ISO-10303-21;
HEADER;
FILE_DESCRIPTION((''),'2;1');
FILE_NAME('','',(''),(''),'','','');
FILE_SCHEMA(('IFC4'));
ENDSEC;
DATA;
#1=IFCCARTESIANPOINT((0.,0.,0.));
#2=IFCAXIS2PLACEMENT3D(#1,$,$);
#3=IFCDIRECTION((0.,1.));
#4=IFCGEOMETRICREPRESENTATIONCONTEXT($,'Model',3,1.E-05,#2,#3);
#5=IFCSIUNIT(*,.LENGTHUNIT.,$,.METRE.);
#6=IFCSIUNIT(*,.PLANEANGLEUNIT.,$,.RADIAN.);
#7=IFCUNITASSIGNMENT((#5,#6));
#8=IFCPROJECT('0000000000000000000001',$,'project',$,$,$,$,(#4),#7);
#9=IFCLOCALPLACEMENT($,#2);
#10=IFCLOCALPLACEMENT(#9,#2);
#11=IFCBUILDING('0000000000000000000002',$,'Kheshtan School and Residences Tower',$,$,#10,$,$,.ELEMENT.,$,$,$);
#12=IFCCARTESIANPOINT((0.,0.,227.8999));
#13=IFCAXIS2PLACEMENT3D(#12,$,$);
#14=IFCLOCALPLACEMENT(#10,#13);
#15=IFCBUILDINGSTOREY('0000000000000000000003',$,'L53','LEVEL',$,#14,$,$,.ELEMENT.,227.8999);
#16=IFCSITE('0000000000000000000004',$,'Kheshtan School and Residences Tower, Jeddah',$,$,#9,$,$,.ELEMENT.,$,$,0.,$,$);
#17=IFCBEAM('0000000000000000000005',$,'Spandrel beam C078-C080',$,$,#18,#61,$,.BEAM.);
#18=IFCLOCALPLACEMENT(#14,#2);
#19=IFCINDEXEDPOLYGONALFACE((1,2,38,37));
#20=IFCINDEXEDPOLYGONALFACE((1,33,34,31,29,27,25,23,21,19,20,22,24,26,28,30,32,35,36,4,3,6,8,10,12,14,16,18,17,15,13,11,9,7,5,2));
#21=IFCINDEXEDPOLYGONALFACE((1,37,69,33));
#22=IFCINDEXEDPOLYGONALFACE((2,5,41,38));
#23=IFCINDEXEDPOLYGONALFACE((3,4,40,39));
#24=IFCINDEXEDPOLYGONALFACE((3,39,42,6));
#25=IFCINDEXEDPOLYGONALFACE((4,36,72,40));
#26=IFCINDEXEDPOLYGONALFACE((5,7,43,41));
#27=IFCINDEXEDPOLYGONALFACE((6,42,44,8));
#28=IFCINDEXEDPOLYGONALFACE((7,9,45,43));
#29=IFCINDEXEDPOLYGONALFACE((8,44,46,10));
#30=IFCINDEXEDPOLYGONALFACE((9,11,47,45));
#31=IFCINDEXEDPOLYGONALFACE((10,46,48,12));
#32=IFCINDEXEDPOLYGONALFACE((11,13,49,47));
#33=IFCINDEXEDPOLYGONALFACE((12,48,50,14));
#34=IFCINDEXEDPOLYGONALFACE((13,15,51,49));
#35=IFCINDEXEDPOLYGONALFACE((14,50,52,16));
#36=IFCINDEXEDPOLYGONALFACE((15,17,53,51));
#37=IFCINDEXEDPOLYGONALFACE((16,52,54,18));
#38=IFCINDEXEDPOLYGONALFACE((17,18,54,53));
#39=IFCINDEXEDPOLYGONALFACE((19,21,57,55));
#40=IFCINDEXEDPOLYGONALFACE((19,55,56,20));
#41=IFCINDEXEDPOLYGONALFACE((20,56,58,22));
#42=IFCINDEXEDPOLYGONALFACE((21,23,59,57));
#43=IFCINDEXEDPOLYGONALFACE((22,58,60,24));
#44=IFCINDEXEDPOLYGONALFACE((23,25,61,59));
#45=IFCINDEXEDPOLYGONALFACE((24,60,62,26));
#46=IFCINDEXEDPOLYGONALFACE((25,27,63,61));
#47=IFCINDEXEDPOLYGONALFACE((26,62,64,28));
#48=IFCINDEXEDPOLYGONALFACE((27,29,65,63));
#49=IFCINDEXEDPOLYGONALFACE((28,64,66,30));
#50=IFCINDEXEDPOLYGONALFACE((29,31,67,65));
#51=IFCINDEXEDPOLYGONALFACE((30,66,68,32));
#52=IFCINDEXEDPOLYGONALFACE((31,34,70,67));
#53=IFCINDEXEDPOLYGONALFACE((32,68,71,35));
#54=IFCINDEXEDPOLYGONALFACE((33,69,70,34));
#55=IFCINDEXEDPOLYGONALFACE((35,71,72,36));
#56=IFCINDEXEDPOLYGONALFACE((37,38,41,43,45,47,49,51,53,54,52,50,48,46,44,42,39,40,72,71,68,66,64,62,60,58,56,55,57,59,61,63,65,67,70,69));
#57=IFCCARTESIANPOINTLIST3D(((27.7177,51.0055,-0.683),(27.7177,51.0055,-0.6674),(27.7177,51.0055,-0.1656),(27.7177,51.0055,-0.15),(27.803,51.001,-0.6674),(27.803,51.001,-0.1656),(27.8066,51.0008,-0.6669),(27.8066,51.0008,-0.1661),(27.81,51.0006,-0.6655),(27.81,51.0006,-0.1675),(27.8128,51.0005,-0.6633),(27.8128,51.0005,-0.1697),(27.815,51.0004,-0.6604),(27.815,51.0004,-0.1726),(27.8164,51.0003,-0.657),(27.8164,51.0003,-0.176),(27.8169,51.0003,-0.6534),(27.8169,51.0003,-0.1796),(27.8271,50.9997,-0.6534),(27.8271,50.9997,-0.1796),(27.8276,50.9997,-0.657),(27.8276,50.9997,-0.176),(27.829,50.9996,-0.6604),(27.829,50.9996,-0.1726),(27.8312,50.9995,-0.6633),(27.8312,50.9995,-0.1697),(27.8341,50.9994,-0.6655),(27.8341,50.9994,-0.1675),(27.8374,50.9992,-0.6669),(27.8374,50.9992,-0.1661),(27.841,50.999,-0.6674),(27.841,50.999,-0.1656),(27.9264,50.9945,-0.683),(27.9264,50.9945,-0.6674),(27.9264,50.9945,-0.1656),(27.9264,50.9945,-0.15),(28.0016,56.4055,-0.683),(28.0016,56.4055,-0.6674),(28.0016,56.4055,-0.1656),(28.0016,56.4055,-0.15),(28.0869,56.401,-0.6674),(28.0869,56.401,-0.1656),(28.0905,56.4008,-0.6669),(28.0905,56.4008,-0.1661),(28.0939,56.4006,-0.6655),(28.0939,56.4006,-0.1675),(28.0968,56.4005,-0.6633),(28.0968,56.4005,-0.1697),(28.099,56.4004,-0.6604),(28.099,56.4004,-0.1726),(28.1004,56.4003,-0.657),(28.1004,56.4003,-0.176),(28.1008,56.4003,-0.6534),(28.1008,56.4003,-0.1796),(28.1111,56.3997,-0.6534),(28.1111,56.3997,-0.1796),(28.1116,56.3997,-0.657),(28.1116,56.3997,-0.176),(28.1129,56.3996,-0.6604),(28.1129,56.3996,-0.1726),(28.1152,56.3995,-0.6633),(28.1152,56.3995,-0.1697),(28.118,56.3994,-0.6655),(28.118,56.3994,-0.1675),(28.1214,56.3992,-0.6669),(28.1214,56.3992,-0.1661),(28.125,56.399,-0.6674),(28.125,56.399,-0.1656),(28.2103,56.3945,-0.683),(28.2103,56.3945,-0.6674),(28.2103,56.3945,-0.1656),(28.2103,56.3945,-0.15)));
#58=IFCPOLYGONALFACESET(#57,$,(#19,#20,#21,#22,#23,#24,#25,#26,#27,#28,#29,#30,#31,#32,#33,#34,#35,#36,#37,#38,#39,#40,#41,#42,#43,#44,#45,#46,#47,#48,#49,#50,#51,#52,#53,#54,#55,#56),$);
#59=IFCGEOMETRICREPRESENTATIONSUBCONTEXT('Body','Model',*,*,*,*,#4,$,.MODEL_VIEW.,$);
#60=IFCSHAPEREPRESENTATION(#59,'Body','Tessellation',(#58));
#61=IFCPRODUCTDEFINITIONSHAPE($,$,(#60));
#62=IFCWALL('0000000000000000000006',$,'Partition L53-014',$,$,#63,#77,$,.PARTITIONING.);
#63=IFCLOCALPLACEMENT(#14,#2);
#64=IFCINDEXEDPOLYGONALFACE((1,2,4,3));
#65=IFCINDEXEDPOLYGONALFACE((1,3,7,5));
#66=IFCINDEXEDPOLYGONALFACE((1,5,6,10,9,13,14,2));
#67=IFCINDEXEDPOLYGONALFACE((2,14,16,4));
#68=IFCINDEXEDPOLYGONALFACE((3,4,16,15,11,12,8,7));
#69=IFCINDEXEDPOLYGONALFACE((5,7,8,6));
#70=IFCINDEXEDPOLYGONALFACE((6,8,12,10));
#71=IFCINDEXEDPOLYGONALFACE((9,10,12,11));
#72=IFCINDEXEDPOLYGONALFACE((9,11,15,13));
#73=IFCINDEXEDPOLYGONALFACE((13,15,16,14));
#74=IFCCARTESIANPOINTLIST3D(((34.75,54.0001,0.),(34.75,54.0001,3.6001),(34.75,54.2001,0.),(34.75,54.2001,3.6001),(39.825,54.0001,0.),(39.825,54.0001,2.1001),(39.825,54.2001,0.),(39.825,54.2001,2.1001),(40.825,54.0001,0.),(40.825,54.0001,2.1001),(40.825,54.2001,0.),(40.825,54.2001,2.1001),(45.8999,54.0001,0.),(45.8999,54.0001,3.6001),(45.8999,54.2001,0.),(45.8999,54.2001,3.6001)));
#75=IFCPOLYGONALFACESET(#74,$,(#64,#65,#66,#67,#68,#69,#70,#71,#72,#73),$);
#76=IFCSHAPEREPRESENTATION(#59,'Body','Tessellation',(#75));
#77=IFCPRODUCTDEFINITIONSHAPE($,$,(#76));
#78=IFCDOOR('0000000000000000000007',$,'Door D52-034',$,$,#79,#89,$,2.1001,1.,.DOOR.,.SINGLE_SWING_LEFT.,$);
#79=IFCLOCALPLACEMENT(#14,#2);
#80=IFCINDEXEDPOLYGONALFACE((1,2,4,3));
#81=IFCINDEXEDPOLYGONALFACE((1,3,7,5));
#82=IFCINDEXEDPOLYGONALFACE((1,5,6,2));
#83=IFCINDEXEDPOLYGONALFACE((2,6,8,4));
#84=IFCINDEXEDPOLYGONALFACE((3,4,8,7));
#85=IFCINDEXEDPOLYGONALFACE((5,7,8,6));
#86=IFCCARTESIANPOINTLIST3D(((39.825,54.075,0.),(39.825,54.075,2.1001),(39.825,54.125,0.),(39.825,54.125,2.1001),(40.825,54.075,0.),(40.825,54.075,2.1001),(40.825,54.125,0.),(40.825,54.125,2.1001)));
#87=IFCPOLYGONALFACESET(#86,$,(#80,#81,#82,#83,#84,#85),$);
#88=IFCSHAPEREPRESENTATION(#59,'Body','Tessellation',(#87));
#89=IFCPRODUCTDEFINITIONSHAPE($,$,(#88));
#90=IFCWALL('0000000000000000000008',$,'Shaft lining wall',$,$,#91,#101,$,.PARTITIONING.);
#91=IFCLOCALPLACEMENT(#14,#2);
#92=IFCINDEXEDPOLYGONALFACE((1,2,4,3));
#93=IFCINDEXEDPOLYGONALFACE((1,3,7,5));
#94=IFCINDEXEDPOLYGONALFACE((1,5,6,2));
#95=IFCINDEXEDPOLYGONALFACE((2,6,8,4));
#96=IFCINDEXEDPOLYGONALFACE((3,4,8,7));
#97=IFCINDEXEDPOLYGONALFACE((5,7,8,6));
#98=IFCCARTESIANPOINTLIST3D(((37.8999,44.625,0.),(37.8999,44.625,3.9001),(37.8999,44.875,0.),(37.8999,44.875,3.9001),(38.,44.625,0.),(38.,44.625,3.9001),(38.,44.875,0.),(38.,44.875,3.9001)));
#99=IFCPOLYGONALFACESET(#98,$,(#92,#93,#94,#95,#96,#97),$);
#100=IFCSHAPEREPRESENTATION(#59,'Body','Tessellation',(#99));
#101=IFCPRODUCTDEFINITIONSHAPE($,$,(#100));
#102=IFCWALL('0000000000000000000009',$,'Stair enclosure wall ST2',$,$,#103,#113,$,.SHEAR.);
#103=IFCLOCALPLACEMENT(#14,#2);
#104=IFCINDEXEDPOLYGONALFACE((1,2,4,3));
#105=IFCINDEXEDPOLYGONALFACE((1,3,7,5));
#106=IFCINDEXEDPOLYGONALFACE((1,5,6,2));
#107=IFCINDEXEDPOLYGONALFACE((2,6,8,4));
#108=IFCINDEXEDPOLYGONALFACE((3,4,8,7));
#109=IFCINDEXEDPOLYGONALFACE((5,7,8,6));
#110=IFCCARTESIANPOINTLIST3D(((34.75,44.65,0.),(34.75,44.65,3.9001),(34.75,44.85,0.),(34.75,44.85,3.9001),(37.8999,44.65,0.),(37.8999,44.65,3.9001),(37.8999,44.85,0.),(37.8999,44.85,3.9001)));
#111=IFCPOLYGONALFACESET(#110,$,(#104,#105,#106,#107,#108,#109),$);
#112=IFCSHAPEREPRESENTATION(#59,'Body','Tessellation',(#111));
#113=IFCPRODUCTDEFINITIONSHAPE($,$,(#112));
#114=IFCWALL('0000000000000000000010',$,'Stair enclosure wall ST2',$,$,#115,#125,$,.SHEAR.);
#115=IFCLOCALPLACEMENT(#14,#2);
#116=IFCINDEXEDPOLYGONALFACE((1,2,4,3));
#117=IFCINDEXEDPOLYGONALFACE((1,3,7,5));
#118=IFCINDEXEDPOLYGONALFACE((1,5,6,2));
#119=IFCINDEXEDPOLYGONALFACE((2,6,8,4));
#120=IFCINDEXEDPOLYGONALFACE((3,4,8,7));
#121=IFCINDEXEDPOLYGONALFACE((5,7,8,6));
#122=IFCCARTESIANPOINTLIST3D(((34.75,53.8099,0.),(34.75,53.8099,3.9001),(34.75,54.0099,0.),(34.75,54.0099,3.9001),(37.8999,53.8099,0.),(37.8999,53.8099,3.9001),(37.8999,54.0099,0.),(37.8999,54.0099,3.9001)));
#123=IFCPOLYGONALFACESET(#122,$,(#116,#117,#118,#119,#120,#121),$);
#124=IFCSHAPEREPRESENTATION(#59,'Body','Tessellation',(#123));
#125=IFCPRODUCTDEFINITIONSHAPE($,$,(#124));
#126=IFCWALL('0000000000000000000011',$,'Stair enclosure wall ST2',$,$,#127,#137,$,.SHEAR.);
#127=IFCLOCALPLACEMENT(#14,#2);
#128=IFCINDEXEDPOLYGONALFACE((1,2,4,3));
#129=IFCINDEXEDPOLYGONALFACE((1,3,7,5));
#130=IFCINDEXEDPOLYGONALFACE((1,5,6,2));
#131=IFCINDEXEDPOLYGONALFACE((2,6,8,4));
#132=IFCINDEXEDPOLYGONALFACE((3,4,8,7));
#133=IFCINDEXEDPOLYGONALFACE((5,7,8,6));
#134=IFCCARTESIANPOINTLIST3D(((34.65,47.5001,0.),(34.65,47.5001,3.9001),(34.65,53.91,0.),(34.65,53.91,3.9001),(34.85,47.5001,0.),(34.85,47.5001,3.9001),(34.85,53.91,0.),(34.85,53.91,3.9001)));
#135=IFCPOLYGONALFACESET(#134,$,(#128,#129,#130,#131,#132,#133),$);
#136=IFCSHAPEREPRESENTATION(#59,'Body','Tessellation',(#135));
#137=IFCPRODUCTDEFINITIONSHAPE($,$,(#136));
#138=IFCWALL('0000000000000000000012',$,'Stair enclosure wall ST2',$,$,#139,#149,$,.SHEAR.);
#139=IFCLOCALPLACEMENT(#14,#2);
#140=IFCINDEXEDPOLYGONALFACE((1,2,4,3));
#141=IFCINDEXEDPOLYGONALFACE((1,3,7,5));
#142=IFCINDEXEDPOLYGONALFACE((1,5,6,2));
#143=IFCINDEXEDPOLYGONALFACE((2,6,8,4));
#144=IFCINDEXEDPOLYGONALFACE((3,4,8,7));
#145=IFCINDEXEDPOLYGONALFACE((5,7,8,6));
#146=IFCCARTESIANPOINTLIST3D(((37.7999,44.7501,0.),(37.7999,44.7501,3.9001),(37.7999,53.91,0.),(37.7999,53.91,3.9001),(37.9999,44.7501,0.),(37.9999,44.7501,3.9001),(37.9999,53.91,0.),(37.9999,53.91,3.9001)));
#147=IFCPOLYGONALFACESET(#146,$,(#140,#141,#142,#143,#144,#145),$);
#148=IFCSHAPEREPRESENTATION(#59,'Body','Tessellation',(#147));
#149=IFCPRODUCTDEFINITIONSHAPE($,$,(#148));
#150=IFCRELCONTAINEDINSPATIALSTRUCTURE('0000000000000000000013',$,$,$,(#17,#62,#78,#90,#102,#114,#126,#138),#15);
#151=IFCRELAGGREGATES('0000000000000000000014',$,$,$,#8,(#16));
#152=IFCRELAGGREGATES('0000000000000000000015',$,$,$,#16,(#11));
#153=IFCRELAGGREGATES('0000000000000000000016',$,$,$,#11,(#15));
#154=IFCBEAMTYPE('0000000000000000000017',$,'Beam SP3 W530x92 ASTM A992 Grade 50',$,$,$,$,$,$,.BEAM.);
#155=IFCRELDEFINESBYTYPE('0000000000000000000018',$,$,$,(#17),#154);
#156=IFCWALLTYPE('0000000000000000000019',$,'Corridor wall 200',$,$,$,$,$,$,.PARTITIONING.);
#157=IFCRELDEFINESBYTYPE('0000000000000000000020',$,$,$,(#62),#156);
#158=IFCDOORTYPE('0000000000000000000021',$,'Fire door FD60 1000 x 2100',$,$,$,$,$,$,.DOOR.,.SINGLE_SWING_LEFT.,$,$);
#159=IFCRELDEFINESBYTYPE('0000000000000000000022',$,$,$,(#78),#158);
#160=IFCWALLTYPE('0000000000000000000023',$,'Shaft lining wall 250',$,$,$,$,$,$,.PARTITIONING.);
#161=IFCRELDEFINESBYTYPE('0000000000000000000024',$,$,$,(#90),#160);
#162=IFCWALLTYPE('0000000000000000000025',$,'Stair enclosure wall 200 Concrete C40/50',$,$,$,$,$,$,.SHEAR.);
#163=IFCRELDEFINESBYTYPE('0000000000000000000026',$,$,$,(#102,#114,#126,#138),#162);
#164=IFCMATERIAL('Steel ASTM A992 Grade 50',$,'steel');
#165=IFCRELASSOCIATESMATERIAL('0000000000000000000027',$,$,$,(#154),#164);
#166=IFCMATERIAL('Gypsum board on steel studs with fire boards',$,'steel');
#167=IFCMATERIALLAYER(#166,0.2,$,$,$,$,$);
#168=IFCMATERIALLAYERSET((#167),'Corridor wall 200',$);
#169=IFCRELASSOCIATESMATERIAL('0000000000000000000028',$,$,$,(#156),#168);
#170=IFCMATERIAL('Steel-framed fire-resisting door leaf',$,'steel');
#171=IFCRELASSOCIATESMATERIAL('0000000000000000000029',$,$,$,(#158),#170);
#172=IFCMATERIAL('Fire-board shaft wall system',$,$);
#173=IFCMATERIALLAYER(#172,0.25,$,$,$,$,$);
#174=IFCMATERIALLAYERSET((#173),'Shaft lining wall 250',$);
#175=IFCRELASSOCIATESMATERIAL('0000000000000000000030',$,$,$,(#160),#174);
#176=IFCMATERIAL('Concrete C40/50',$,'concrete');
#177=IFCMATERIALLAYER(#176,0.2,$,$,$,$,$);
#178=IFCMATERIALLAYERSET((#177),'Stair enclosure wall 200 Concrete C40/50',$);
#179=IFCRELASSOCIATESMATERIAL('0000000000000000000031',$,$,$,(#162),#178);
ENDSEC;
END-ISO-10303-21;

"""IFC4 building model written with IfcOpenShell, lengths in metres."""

from ifc_helpers import new_model, si_unit, direction, frame, frame_2d, origin, origin_2d, place, context, subcontext, project, spatial, rectangle, i_section, extrude, source, transform, mapped, material, layer, layer_set, material_profile, profile_set, type_object, element, fill, save


model = new_model("IFC4")

# Units and contexts
model_context = context("Model", 3, precision=1e-05, world=origin(), true_north=direction((0.0, 1.0)))
body_context = subcontext(model_context, "Body", "Model", "MODEL_VIEW")
ifc_project = project(units=[si_unit("LENGTHUNIT", "METRE"), si_unit("PLANEANGLEUNIT", "RADIAN")], contexts=[model_context])

# Site, building, storey
site_placement = place(None, origin())
site = spatial("IfcSite", under=ifc_project, at=site_placement, Name="Kheshtan School and Residences Tower, Jeddah", CompositionType="ELEMENT", RefElevation=0.0)
building_placement = place(site_placement, origin())
building = spatial("IfcBuilding", under=site, at=building_placement, Name="Kheshtan School and Residences Tower", CompositionType="ELEMENT")
storey_placement = place(building_placement, frame((0.0, 0.0, 227.8999)))
storey = spatial("IfcBuildingStorey", under=building, at=storey_placement, Name="L53", Description="LEVEL", CompositionType="ELEMENT", Elevation=227.8999)

# Shared definitions
ifc_material_1 = material(Name="Steel ASTM A992 Grade 50", Category="steel")

# Beam
ifc_material_profile_1 = material_profile(ifc_material_1, i_section(OverallWidth=0.209, OverallDepth=0.533, WebThickness=0.0103, FlangeThickness=0.0156, FilletRadius=0.0139, at=origin_2d()), Name="W530x92")
ifc_profile_set_1 = profile_set([ifc_material_profile_1], Name="Steel ASTM A992 Grade 50")
beam_type = type_object("IfcBeamType", Name="Beam SP3 W530x92 ASTM A992 Grade 50", PredefinedType="BEAM", material=ifc_profile_set_1)
for number, where, z_axis, x_axis, name in (
    (1, (27.822, 51.0, -0.4165), (0.052509, 0.99862, 0.0), (-0.99862, 0.052509, 0.0), "Spandrel beam C078-C080"),
):
    element("IfcBeam", number, at=place(storey_placement, frame(where, z_axis=z_axis, x_axis=x_axis)), inside=storey, type_object=beam_type, Name=name, PredefinedType="BEAM", context=body_context, shape_type="SweptSolid", body=[
        extrude(i_section(OverallWidth=0.209, OverallDepth=0.533, WebThickness=0.0103, FlangeThickness=0.0156, FilletRadius=0.0139, at=origin_2d()), origin(), (0.0, 0.0, 1.0), 5.4075),
    ])

# Wall, opening, door
ifc_material_2 = material(Name="Gypsum board on steel studs with fire boards", Category="steel")
ifc_layer_1 = layer(ifc_material_2, 0.2)
ifc_layer_set_1 = layer_set([ifc_layer_1], Name="Corridor wall 200")
wall_type_1 = type_object("IfcWallType", Name="Corridor wall 200", PredefinedType="PARTITIONING", material=ifc_layer_set_1)
wall_1_placement = place(storey_placement, frame((34.75, 54.1001, 0.0), z_axis=(0.0, 0.0, 1.0), x_axis=(1.0, 0.0, 0.0)))
wall_1 = element("IfcWall", 2, at=wall_1_placement, inside=storey, type_object=wall_type_1, Name="Partition L53-014", PredefinedType="PARTITIONING", context=body_context, shape_type="SweptSolid", body=[
    extrude(rectangle(XDim=11.1499, YDim=0.2, at=frame_2d((5.575, 0.0))), origin(), (0.0, 0.0, 1.0), 3.6001),
])
opening_1_placement = place(wall_1_placement, frame((5.075, 0.0, 0.0)))
opening_1 = element("IfcOpeningElement", 3, at=opening_1_placement, cuts=wall_1, PredefinedType="OPENING", context=body_context, shape_type="SweptSolid", body=[
    extrude(rectangle(XDim=1.0, YDim=2.1001, at=frame_2d((0.5, 1.05))), frame((0.0, 0.1099, 0.0), z_axis=(0.0, -1.0, 0.0), x_axis=(1.0, 0.0, 0.0)), (0.0, 0.0, 1.0), 0.22),
])
ifc_material_3 = material(Name="Steel-framed fire-resisting door leaf", Category="steel")
door_type_1 = type_object("IfcDoorType", Name="Fire door FD60 1000 x 2100", OperationType="SINGLE_SWING_LEFT", PredefinedType="DOOR", material=ifc_material_3)
shared_shape_1 = source(origin(), body_context, "Body", "SweptSolid", [
    extrude(rectangle(XDim=1.0, YDim=2.1001, at=frame_2d((0.5, 1.05))), frame((0.0, 0.0249, 0.0), z_axis=(0.0, -1.0, 0.0), x_axis=(1.0, 0.0, 0.0)), (0.0, 0.0, 1.0), 0.05),
])
door_1_placement = place(opening_1_placement, origin())
door_1 = element("IfcDoor", 4, at=door_1_placement, inside=storey, type_object=door_type_1, Name="Door D52-034", OperationType="SINGLE_SWING_LEFT", OverallHeight=2.1001, OverallWidth=1.0, PredefinedType="DOOR", context=body_context, shape_type="MappedRepresentation", body=[
    mapped(shared_shape_1, transform((0.0, 0.0, 0.0), x_axis=(1.0, 0.0, 0.0), y_axis=(0.0, 1.0, 0.0), z_axis=(0.0, 0.0, 1.0), scale=1.0)),
])
fill(opening_1, door_1)

# Walls
ifc_material_4 = material(Name="Fire-board shaft wall system")
ifc_layer_2 = layer(ifc_material_4, 0.25)
ifc_layer_set_2 = layer_set([ifc_layer_2], Name="Shaft lining wall 250")
wall_type_2 = type_object("IfcWallType", Name="Shaft lining wall 250", PredefinedType="PARTITIONING", material=ifc_layer_set_2)
wall_2_placement = place(storey_placement, frame((37.8999, 44.75, 0.0), z_axis=(0.0, 0.0, 1.0), x_axis=(1.0, 0.0, 0.0)))
element("IfcWall", 5, at=wall_2_placement, inside=storey, type_object=wall_type_2, Name="Shaft lining wall", PredefinedType="PARTITIONING", context=body_context, shape_type="SweptSolid", body=[
    extrude(rectangle(XDim=0.1001, YDim=0.25, at=frame_2d((0.05, 0.0))), origin(), (0.0, 0.0, 1.0), 3.9001),
])
ifc_material_5 = material(Name="Concrete C40/50", Category="concrete")
ifc_layer_3 = layer(ifc_material_5, 0.2)
ifc_layer_set_3 = layer_set([ifc_layer_3], Name="Stair enclosure wall 200 Concrete C40/50")
wall_type_3 = type_object("IfcWallType", Name="Stair enclosure wall 200 Concrete C40/50", PredefinedType="SHEAR", material=ifc_layer_set_3)
for number, where, z_axis, x_axis, name in (
    (6, (34.75, 44.75, 0.0), (0.0, 0.0, 1.0), (1.0, 0.0, 0.0), "Stair enclosure wall ST2"),
    (7, (34.75, 53.9099, 0.0), (0.0, 0.0, 1.0), (1.0, 0.0, 0.0), "Stair enclosure wall ST2"),
):
    element("IfcWall", number, at=place(storey_placement, frame(where, z_axis=z_axis, x_axis=x_axis)), inside=storey, type_object=wall_type_3, Name=name, PredefinedType="SHEAR", context=body_context, shape_type="SweptSolid", body=[
        extrude(rectangle(XDim=3.1499, YDim=0.2, at=frame_2d((1.575, 0.0))), origin(), (0.0, 0.0, 1.0), 3.9001),
    ])
wall_3_placement = place(storey_placement, frame((34.75, 47.5, 0.0), z_axis=(0.0, 0.0, 1.0), x_axis=(0.0, 1.0, 0.0)))
element("IfcWall", 8, at=wall_3_placement, inside=storey, type_object=wall_type_3, Name="Stair enclosure wall ST2", PredefinedType="SHEAR", context=body_context, shape_type="SweptSolid", body=[
    extrude(rectangle(XDim=6.4099, YDim=0.2, at=frame_2d((3.2051, 0.0))), origin(), (0.0, 0.0, 1.0), 3.9001),
])
wall_4_placement = place(storey_placement, frame((37.8999, 44.75, 0.0), z_axis=(0.0, 0.0, 1.0), x_axis=(0.0, 1.0, 0.0)))
element("IfcWall", 9, at=wall_4_placement, inside=storey, type_object=wall_type_3, Name="Stair enclosure wall ST2", PredefinedType="SHEAR", context=body_context, shape_type="SweptSolid", body=[
    extrude(rectangle(XDim=9.1599, YDim=0.2, at=frame_2d((4.5801, 0.0))), origin(), (0.0, 0.0, 1.0), 3.9001),
])

save(model, "model.ifc")
